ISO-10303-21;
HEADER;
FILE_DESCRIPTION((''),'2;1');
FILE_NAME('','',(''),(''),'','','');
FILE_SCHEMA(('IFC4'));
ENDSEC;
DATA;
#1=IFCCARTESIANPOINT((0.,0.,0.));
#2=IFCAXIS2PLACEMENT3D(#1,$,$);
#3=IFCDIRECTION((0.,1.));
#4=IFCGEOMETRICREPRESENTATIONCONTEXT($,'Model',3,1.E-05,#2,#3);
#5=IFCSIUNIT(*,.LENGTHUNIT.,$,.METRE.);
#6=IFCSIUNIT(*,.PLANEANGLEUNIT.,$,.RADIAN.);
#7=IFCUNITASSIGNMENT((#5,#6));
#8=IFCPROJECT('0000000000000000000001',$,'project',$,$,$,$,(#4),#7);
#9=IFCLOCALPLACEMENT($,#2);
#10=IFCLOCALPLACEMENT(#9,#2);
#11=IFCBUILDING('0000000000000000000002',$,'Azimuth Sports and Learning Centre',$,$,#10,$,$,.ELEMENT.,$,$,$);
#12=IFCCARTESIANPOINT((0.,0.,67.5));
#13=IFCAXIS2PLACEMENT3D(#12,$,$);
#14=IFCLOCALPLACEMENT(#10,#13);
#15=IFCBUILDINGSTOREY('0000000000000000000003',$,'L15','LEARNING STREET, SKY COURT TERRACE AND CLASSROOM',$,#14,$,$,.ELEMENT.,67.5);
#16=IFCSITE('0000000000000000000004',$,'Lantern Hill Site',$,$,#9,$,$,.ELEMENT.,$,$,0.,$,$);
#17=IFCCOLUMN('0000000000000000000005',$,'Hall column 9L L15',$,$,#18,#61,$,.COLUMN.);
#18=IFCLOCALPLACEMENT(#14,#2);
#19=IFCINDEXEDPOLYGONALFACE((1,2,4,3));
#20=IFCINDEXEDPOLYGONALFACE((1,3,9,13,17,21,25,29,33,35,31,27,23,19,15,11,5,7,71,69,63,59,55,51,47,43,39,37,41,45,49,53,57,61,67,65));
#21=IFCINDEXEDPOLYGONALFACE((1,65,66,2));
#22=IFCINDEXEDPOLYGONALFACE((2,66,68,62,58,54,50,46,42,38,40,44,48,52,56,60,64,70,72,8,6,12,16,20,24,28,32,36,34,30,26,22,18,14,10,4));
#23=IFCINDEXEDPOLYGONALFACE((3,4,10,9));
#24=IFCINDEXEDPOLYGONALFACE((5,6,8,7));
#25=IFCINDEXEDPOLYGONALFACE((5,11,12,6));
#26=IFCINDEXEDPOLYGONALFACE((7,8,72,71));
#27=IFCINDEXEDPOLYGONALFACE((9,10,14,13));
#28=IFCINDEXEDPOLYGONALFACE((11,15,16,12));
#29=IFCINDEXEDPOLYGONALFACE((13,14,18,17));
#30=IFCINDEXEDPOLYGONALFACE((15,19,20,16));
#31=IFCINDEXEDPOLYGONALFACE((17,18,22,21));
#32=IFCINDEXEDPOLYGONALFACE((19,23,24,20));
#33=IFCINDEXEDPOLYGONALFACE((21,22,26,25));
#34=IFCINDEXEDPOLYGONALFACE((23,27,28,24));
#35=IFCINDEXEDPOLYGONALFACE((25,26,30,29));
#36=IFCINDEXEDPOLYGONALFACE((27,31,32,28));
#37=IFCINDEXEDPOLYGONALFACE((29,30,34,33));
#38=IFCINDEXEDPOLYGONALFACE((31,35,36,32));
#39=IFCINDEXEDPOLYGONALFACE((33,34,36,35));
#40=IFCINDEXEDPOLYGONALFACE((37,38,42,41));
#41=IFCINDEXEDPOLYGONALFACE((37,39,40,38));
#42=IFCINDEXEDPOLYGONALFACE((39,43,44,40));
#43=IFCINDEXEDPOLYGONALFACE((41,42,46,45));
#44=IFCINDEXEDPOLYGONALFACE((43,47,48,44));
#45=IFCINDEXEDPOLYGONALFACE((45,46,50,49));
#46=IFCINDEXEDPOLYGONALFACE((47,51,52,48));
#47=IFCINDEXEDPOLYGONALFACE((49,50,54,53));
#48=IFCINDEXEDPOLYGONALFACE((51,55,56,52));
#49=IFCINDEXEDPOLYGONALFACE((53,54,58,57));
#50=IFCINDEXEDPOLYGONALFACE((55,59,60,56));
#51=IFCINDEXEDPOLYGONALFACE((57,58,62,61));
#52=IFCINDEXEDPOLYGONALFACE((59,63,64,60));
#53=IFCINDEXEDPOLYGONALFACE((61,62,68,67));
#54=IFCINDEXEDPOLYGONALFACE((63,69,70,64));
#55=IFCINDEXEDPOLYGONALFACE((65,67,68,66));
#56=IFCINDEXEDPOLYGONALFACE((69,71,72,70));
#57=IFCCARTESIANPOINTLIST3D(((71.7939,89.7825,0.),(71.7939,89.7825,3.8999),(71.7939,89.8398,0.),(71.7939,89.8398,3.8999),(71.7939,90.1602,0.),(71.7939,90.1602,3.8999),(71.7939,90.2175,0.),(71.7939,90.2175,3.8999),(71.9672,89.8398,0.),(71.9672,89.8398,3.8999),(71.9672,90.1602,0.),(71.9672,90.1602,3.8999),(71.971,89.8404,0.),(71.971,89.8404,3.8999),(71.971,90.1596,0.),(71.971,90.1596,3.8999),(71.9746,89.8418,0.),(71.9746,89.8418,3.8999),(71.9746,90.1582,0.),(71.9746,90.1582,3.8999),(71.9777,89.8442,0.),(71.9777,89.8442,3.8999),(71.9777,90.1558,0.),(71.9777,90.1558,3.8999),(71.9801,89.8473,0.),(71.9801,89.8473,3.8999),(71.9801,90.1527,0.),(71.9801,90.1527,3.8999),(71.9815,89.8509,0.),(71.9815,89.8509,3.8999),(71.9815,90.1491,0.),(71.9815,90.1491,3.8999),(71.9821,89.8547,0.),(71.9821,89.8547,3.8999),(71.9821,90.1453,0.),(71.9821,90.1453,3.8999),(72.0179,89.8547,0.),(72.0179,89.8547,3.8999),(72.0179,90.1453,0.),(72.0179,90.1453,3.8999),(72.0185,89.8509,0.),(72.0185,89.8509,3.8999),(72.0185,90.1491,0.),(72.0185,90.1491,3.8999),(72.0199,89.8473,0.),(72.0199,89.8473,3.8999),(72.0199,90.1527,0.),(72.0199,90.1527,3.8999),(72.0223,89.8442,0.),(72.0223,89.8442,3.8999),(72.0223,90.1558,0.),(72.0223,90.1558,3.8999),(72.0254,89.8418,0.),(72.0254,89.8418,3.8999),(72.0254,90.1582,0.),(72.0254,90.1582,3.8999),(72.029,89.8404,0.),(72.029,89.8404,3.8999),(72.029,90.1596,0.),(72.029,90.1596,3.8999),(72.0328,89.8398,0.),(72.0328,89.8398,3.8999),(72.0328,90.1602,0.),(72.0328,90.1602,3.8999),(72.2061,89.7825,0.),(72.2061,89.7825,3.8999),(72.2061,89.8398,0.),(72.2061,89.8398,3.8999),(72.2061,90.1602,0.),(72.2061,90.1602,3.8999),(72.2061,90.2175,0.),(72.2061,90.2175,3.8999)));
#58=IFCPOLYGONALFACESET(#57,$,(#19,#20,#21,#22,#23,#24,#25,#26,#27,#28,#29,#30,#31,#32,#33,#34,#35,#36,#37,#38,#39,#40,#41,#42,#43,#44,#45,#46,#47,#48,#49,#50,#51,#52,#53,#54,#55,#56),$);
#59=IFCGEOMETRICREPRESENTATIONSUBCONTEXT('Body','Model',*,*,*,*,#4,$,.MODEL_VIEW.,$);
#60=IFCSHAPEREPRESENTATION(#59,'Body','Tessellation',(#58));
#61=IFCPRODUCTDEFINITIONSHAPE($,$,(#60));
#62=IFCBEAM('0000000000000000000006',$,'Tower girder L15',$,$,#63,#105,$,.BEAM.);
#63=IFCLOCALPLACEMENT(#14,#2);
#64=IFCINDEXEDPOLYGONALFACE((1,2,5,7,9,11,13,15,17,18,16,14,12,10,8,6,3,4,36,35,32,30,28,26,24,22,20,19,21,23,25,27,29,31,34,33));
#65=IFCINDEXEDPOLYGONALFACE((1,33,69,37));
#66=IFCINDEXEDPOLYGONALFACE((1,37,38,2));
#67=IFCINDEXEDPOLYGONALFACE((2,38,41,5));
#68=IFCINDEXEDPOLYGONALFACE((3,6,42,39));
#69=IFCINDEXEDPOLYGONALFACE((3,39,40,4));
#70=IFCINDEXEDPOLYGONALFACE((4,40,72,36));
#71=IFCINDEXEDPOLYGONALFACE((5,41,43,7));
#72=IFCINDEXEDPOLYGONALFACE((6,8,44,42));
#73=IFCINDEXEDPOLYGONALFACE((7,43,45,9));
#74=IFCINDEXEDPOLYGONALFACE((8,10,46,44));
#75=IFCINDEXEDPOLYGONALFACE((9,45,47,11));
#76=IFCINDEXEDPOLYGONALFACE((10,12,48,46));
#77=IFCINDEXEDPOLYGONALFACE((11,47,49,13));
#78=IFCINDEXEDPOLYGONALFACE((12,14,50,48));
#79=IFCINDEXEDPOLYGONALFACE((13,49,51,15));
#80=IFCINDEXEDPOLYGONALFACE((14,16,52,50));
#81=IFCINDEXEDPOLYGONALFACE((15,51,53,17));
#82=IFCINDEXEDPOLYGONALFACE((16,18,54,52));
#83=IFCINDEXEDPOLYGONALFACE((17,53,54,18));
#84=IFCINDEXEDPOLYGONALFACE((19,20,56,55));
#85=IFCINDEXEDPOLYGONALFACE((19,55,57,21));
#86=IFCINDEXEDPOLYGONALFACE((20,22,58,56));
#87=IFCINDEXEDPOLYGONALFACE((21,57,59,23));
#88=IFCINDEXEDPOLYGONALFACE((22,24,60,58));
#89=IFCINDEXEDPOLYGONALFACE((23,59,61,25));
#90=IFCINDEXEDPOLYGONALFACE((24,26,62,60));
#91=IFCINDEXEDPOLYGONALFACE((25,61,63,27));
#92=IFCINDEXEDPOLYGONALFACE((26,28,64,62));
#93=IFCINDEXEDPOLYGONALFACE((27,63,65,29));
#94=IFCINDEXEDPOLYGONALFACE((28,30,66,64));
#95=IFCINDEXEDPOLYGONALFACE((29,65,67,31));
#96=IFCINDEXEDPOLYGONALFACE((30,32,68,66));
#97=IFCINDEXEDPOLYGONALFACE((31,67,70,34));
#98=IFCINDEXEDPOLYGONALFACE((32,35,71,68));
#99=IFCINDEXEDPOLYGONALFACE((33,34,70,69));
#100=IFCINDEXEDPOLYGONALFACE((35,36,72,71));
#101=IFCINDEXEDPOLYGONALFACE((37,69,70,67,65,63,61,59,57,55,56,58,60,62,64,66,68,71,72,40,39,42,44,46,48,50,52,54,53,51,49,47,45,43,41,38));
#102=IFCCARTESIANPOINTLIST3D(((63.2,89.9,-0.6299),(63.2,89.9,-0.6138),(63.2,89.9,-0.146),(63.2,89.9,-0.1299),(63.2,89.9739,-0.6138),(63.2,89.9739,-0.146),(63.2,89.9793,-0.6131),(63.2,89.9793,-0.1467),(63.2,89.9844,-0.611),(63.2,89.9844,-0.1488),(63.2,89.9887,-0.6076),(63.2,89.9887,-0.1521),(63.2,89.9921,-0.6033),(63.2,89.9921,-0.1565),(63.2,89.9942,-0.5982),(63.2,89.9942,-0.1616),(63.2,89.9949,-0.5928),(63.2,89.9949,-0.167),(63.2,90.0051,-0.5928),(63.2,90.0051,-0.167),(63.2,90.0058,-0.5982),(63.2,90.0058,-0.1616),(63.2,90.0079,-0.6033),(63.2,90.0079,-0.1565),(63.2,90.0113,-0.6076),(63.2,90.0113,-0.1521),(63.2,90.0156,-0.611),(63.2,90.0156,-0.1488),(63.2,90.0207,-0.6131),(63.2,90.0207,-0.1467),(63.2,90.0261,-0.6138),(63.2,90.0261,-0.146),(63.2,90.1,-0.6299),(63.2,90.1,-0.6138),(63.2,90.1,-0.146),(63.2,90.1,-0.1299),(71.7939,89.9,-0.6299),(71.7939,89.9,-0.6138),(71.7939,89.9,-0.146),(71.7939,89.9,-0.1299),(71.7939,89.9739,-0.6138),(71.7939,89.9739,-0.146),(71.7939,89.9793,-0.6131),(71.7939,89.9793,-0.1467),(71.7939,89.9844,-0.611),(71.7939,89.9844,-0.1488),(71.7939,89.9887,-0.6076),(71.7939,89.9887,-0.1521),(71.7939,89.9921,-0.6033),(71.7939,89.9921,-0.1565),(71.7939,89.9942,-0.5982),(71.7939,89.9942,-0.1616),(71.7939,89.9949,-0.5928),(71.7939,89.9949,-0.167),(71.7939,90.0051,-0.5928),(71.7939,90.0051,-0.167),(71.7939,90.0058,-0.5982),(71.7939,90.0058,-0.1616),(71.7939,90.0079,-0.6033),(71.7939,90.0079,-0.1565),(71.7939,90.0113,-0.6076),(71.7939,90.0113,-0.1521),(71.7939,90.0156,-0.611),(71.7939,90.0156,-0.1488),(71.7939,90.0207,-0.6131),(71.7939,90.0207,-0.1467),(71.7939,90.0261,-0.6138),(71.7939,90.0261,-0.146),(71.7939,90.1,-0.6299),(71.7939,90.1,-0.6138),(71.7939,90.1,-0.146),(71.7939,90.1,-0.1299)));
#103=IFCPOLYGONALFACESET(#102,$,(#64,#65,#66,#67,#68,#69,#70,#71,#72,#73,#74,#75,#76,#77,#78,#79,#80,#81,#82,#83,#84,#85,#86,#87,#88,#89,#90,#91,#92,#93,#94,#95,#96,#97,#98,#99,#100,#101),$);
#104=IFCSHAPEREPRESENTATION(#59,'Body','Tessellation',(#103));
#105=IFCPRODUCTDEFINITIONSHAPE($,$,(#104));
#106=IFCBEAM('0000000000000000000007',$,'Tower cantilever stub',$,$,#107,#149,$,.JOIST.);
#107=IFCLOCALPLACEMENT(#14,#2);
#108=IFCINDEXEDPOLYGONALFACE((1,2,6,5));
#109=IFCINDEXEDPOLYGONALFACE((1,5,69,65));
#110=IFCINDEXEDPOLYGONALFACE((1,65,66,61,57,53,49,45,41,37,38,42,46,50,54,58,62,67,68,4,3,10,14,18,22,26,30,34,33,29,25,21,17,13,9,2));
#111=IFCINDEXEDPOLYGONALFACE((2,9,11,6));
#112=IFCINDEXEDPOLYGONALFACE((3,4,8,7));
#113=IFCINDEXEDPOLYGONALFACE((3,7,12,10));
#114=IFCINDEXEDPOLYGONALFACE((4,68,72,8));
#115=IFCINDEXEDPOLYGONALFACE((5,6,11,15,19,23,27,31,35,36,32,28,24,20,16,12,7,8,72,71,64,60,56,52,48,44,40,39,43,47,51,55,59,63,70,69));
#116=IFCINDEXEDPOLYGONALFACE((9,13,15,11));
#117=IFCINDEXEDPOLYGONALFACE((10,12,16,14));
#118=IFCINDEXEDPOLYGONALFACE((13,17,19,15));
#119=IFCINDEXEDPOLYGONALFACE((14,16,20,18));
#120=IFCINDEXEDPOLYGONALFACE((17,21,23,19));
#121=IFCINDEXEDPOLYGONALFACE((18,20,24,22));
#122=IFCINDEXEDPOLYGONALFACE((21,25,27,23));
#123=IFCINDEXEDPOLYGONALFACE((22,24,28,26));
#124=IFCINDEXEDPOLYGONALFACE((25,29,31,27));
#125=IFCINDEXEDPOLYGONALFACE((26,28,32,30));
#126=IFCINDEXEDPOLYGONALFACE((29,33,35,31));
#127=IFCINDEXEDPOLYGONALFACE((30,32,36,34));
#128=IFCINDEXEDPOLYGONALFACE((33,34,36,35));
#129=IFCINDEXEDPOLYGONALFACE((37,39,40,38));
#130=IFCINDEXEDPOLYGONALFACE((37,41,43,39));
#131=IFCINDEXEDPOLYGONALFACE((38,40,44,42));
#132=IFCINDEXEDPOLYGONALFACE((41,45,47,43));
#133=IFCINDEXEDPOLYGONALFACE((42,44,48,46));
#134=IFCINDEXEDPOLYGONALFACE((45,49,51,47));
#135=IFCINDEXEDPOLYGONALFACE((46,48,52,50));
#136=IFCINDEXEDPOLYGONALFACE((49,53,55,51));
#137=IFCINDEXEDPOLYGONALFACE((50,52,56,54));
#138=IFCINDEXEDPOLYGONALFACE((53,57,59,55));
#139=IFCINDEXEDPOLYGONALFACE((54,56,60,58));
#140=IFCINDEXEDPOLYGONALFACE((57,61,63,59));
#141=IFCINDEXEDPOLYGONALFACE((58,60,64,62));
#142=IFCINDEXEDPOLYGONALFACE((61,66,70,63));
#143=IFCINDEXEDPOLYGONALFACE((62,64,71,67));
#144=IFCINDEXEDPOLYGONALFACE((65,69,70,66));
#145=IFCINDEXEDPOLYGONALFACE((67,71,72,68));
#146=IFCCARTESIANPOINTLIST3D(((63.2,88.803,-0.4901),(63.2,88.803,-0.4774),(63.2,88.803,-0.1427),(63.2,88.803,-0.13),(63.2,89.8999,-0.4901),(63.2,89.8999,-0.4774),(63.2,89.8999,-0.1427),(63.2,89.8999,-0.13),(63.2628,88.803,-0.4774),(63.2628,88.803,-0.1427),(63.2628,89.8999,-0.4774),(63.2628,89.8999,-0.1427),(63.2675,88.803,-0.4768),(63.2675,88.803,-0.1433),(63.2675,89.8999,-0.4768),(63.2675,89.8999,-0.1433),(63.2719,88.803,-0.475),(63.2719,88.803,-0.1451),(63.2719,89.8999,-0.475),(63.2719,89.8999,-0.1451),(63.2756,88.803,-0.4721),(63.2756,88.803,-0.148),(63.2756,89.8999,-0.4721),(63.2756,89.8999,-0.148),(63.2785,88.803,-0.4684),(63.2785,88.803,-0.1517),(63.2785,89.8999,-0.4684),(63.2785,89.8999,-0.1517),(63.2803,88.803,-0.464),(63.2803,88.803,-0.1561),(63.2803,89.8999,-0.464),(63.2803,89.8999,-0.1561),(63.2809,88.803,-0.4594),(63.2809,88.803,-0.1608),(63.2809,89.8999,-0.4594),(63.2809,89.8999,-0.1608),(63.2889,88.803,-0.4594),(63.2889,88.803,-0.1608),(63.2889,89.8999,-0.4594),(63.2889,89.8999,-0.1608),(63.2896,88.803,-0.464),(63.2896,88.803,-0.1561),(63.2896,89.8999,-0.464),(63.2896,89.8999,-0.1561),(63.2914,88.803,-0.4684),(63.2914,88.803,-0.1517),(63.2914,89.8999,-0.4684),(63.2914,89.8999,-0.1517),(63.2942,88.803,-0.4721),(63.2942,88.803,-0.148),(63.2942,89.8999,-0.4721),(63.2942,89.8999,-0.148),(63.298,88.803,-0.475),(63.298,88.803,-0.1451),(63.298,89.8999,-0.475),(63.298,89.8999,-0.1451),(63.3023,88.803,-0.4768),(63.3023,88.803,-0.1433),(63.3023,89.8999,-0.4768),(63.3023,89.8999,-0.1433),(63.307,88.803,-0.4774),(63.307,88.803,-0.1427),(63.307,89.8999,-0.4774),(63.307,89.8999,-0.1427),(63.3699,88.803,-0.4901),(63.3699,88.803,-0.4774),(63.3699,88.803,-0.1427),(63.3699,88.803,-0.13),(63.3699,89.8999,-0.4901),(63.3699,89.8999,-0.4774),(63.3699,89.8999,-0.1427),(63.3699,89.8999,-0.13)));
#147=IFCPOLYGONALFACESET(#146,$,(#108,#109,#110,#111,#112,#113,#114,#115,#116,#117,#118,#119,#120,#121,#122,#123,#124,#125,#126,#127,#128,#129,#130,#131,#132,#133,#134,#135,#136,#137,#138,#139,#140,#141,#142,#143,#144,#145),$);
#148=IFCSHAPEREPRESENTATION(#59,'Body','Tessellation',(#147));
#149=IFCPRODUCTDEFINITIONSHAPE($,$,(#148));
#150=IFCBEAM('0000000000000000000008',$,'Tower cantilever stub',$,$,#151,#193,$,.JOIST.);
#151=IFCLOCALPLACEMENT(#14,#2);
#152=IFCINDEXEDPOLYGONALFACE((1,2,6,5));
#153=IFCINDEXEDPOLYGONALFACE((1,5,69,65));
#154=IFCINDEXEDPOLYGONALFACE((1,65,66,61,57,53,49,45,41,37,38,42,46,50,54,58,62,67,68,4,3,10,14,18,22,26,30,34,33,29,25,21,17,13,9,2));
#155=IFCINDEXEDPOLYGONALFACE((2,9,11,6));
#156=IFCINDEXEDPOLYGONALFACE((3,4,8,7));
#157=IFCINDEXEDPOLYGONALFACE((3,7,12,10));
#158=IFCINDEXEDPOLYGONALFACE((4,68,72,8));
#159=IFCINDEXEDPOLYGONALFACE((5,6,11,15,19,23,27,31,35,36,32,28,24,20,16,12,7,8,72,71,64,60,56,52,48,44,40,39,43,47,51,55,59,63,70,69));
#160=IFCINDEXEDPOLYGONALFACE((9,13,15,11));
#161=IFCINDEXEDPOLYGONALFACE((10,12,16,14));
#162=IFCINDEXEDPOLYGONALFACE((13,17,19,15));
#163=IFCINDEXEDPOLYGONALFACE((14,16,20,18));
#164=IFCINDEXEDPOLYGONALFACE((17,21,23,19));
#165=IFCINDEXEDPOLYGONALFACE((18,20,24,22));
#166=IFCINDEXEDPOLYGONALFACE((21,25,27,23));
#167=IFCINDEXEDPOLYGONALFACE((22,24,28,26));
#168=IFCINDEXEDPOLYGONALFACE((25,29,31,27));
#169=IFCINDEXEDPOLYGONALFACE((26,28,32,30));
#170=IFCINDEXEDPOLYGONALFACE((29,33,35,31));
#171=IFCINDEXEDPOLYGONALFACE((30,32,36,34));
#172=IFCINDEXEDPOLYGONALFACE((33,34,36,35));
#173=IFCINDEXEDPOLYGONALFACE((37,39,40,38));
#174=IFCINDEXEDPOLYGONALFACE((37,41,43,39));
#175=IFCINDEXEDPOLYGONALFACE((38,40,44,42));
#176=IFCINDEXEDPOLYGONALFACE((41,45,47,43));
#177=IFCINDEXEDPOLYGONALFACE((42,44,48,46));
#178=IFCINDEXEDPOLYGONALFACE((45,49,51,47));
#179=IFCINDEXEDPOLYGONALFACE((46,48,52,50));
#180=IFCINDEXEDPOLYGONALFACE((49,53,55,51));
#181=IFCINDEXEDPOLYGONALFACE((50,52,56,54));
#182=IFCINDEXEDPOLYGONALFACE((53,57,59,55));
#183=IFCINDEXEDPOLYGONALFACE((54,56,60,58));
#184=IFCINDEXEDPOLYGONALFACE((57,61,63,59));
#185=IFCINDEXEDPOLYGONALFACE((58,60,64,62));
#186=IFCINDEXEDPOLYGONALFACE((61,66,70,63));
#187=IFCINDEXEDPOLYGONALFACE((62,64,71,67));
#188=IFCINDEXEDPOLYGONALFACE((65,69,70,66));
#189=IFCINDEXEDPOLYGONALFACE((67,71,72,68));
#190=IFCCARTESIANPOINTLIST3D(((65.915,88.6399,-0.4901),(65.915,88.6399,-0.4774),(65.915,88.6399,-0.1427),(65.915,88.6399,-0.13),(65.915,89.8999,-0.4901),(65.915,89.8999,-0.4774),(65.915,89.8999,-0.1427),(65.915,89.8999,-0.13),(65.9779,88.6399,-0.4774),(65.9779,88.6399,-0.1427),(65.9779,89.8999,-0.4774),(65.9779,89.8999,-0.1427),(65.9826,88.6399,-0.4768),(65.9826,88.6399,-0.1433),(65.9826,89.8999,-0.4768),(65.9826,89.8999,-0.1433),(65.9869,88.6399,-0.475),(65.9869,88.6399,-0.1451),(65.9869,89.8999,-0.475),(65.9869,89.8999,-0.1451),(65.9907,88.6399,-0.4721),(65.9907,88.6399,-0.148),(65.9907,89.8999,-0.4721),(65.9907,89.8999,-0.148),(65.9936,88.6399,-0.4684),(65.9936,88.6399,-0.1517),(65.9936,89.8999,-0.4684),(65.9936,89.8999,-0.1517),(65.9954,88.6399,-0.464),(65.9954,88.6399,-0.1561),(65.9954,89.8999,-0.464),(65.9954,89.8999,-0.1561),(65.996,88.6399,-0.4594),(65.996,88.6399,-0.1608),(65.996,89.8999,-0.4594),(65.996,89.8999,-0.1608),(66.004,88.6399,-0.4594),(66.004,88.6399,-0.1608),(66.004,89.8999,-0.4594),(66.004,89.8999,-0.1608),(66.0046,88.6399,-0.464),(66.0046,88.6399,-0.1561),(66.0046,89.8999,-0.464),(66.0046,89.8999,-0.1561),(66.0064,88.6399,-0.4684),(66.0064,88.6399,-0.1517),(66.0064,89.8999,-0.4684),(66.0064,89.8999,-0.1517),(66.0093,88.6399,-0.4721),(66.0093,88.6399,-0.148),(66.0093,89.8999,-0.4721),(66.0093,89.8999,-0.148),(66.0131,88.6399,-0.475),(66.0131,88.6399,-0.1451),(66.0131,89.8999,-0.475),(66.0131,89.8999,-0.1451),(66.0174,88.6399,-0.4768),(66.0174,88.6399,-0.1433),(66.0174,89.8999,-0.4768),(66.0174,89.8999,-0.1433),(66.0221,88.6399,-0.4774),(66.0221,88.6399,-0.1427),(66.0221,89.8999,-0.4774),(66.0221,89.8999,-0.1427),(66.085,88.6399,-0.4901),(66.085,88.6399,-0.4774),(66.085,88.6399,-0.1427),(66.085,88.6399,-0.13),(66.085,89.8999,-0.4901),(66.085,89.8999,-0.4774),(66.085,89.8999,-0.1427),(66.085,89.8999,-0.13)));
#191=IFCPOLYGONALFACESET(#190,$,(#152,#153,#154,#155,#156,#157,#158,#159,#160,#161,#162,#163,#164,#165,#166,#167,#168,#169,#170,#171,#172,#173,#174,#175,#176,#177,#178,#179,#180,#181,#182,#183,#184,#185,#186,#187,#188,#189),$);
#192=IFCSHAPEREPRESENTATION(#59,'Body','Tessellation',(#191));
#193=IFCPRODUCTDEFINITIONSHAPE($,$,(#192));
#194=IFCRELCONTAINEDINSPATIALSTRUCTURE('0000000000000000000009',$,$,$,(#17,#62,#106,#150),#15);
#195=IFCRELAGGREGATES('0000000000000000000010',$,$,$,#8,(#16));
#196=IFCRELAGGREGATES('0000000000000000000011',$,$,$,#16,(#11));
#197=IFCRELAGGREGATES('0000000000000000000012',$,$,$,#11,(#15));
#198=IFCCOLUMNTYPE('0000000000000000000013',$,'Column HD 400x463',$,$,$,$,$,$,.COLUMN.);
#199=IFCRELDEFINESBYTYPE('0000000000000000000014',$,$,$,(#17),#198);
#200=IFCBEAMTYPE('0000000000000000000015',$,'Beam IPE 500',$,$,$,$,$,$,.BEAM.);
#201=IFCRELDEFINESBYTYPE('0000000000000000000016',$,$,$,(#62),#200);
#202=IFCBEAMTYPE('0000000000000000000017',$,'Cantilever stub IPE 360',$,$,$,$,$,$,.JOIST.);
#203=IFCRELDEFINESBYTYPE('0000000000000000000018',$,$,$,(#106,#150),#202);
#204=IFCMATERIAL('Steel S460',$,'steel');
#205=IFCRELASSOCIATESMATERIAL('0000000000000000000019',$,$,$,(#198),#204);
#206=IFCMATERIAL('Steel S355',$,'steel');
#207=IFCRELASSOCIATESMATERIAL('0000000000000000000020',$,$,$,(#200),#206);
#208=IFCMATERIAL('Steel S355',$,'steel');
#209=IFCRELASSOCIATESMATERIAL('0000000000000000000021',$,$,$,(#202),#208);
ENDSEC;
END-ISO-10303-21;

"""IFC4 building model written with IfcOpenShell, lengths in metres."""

from ifc_helpers import new_model, si_unit, direction, frame, origin, origin_2d, place, context, subcontext, project, spatial, i_section, extrude, material, material_profile, profile_set, type_object, element, save


model = new_model("IFC4")

# Units and contexts
model_context = context("Model", 3, precision=1e-05, world=origin(), true_north=direction((0.0, 1.0)))
body_context = subcontext(model_context, "Body", "Model", "MODEL_VIEW")
ifc_project = project(units=[si_unit("LENGTHUNIT", "METRE"), si_unit("PLANEANGLEUNIT", "RADIAN")], contexts=[model_context])

# Site, building, storey
site_placement = place(None, origin())
site = spatial("IfcSite", under=ifc_project, at=site_placement, Name="Lantern Hill Site", CompositionType="ELEMENT", RefElevation=0.0)
building_placement = place(site_placement, origin())
building = spatial("IfcBuilding", under=site, at=building_placement, Name="Azimuth Sports and Learning Centre", CompositionType="ELEMENT")
storey_placement = place(building_placement, frame((0.0, 0.0, 67.5)))
storey = spatial("IfcBuildingStorey", under=building, at=storey_placement, Name="L15", Description="LEARNING STREET, SKY COURT TERRACE AND CLASSROOM", CompositionType="ELEMENT", Elevation=67.5)

# Column
ifc_material_1 = material(Name="Steel S460", Category="steel")
ifc_material_profile_1 = material_profile(ifc_material_1, i_section(OverallWidth=0.4121, OverallDepth=0.4351, WebThickness=0.0359, FlangeThickness=0.0574, FilletRadius=0.0149, at=origin_2d()), Name="HD 400x463")
ifc_profile_set_1 = profile_set([ifc_material_profile_1], Name="Steel S460")
column_type = type_object("IfcColumnType", Name="Column HD 400x463", PredefinedType="COLUMN", material=ifc_profile_set_1)
column_placement = place(storey_placement, frame((72.0, 90.0, 0.0), z_axis=(0.0, 0.0, 1.0), x_axis=(1.0, 0.0, 0.0)))
element("IfcColumn", 1, at=column_placement, inside=storey, type_object=column_type, Name="Hall column 9L L15", PredefinedType="COLUMN", context=body_context, shape_type="SweptSolid", body=[
    extrude(i_section(OverallWidth=0.4121, OverallDepth=0.4351, WebThickness=0.0359, FlangeThickness=0.0574, FilletRadius=0.0149, at=origin_2d()), origin(), (0.0, 0.0, 1.0), 3.8999),
])

# Beams
ifc_material_2 = material(Name="Steel S355", Category="steel")
ifc_material_profile_2 = material_profile(ifc_material_2, i_section(OverallWidth=0.2, OverallDepth=0.5, WebThickness=0.0103, FlangeThickness=0.0161, FilletRadius=0.021, at=origin_2d()), Name="IPE 500")
ifc_profile_set_2 = profile_set([ifc_material_profile_2], Name="Steel S355")
beam_type_1 = type_object("IfcBeamType", Name="Beam IPE 500", PredefinedType="BEAM", material=ifc_profile_set_2)
beam_1_placement = place(storey_placement, frame((63.2, 90.0, -0.3799), z_axis=(1.0, 0.0, 0.0), x_axis=(0.0, 1.0, 0.0)))
element("IfcBeam", 2, at=beam_1_placement, inside=storey, type_object=beam_type_1, Name="Tower girder L15", PredefinedType="BEAM", context=body_context, shape_type="SweptSolid", body=[
    extrude(i_section(OverallWidth=0.2, OverallDepth=0.5, WebThickness=0.0103, FlangeThickness=0.0161, FilletRadius=0.021, at=origin_2d()), origin(), (0.0, 0.0, 1.0), 8.594),
])
ifc_material_3 = material(Name="Steel S355", Category="steel")
ifc_material_profile_3 = material_profile(ifc_material_3, i_section(OverallWidth=0.1699, OverallDepth=0.3601, WebThickness=0.0081, FlangeThickness=0.0127, FilletRadius=0.0181, at=origin_2d()), Name="IPE 360")
ifc_profile_set_3 = profile_set([ifc_material_profile_3], Name="Steel S355")
beam_type_2 = type_object("IfcBeamType", Name="Cantilever stub IPE 360", PredefinedType="JOIST", material=ifc_profile_set_3)
beam_2_placement = place(storey_placement, frame((63.2849, 89.8999, -0.3101), z_axis=(0.0, -1.0, 0.0), x_axis=(1.0, 0.0, 0.0)))
element("IfcBeam", 3, at=beam_2_placement, inside=storey, type_object=beam_type_2, Name="Tower cantilever stub", PredefinedType="JOIST", context=body_context, shape_type="SweptSolid", body=[
    extrude(i_section(OverallWidth=0.1699, OverallDepth=0.3601, WebThickness=0.0081, FlangeThickness=0.0127, FilletRadius=0.0181, at=origin_2d()), origin(), (0.0, 0.0, 1.0), 1.0969),
])
beam_3_placement = place(storey_placement, frame((66.0, 89.8999, -0.3101), z_axis=(0.0, -1.0, 0.0), x_axis=(1.0, 0.0, 0.0)))
element("IfcBeam", 4, at=beam_3_placement, inside=storey, type_object=beam_type_2, Name="Tower cantilever stub", PredefinedType="JOIST", context=body_context, shape_type="SweptSolid", body=[
    extrude(i_section(OverallWidth=0.1699, OverallDepth=0.3601, WebThickness=0.0081, FlangeThickness=0.0127, FilletRadius=0.0181, at=origin_2d()), origin(), (0.0, 0.0, 1.0), 1.26),
])

save(model, "model.ifc")
